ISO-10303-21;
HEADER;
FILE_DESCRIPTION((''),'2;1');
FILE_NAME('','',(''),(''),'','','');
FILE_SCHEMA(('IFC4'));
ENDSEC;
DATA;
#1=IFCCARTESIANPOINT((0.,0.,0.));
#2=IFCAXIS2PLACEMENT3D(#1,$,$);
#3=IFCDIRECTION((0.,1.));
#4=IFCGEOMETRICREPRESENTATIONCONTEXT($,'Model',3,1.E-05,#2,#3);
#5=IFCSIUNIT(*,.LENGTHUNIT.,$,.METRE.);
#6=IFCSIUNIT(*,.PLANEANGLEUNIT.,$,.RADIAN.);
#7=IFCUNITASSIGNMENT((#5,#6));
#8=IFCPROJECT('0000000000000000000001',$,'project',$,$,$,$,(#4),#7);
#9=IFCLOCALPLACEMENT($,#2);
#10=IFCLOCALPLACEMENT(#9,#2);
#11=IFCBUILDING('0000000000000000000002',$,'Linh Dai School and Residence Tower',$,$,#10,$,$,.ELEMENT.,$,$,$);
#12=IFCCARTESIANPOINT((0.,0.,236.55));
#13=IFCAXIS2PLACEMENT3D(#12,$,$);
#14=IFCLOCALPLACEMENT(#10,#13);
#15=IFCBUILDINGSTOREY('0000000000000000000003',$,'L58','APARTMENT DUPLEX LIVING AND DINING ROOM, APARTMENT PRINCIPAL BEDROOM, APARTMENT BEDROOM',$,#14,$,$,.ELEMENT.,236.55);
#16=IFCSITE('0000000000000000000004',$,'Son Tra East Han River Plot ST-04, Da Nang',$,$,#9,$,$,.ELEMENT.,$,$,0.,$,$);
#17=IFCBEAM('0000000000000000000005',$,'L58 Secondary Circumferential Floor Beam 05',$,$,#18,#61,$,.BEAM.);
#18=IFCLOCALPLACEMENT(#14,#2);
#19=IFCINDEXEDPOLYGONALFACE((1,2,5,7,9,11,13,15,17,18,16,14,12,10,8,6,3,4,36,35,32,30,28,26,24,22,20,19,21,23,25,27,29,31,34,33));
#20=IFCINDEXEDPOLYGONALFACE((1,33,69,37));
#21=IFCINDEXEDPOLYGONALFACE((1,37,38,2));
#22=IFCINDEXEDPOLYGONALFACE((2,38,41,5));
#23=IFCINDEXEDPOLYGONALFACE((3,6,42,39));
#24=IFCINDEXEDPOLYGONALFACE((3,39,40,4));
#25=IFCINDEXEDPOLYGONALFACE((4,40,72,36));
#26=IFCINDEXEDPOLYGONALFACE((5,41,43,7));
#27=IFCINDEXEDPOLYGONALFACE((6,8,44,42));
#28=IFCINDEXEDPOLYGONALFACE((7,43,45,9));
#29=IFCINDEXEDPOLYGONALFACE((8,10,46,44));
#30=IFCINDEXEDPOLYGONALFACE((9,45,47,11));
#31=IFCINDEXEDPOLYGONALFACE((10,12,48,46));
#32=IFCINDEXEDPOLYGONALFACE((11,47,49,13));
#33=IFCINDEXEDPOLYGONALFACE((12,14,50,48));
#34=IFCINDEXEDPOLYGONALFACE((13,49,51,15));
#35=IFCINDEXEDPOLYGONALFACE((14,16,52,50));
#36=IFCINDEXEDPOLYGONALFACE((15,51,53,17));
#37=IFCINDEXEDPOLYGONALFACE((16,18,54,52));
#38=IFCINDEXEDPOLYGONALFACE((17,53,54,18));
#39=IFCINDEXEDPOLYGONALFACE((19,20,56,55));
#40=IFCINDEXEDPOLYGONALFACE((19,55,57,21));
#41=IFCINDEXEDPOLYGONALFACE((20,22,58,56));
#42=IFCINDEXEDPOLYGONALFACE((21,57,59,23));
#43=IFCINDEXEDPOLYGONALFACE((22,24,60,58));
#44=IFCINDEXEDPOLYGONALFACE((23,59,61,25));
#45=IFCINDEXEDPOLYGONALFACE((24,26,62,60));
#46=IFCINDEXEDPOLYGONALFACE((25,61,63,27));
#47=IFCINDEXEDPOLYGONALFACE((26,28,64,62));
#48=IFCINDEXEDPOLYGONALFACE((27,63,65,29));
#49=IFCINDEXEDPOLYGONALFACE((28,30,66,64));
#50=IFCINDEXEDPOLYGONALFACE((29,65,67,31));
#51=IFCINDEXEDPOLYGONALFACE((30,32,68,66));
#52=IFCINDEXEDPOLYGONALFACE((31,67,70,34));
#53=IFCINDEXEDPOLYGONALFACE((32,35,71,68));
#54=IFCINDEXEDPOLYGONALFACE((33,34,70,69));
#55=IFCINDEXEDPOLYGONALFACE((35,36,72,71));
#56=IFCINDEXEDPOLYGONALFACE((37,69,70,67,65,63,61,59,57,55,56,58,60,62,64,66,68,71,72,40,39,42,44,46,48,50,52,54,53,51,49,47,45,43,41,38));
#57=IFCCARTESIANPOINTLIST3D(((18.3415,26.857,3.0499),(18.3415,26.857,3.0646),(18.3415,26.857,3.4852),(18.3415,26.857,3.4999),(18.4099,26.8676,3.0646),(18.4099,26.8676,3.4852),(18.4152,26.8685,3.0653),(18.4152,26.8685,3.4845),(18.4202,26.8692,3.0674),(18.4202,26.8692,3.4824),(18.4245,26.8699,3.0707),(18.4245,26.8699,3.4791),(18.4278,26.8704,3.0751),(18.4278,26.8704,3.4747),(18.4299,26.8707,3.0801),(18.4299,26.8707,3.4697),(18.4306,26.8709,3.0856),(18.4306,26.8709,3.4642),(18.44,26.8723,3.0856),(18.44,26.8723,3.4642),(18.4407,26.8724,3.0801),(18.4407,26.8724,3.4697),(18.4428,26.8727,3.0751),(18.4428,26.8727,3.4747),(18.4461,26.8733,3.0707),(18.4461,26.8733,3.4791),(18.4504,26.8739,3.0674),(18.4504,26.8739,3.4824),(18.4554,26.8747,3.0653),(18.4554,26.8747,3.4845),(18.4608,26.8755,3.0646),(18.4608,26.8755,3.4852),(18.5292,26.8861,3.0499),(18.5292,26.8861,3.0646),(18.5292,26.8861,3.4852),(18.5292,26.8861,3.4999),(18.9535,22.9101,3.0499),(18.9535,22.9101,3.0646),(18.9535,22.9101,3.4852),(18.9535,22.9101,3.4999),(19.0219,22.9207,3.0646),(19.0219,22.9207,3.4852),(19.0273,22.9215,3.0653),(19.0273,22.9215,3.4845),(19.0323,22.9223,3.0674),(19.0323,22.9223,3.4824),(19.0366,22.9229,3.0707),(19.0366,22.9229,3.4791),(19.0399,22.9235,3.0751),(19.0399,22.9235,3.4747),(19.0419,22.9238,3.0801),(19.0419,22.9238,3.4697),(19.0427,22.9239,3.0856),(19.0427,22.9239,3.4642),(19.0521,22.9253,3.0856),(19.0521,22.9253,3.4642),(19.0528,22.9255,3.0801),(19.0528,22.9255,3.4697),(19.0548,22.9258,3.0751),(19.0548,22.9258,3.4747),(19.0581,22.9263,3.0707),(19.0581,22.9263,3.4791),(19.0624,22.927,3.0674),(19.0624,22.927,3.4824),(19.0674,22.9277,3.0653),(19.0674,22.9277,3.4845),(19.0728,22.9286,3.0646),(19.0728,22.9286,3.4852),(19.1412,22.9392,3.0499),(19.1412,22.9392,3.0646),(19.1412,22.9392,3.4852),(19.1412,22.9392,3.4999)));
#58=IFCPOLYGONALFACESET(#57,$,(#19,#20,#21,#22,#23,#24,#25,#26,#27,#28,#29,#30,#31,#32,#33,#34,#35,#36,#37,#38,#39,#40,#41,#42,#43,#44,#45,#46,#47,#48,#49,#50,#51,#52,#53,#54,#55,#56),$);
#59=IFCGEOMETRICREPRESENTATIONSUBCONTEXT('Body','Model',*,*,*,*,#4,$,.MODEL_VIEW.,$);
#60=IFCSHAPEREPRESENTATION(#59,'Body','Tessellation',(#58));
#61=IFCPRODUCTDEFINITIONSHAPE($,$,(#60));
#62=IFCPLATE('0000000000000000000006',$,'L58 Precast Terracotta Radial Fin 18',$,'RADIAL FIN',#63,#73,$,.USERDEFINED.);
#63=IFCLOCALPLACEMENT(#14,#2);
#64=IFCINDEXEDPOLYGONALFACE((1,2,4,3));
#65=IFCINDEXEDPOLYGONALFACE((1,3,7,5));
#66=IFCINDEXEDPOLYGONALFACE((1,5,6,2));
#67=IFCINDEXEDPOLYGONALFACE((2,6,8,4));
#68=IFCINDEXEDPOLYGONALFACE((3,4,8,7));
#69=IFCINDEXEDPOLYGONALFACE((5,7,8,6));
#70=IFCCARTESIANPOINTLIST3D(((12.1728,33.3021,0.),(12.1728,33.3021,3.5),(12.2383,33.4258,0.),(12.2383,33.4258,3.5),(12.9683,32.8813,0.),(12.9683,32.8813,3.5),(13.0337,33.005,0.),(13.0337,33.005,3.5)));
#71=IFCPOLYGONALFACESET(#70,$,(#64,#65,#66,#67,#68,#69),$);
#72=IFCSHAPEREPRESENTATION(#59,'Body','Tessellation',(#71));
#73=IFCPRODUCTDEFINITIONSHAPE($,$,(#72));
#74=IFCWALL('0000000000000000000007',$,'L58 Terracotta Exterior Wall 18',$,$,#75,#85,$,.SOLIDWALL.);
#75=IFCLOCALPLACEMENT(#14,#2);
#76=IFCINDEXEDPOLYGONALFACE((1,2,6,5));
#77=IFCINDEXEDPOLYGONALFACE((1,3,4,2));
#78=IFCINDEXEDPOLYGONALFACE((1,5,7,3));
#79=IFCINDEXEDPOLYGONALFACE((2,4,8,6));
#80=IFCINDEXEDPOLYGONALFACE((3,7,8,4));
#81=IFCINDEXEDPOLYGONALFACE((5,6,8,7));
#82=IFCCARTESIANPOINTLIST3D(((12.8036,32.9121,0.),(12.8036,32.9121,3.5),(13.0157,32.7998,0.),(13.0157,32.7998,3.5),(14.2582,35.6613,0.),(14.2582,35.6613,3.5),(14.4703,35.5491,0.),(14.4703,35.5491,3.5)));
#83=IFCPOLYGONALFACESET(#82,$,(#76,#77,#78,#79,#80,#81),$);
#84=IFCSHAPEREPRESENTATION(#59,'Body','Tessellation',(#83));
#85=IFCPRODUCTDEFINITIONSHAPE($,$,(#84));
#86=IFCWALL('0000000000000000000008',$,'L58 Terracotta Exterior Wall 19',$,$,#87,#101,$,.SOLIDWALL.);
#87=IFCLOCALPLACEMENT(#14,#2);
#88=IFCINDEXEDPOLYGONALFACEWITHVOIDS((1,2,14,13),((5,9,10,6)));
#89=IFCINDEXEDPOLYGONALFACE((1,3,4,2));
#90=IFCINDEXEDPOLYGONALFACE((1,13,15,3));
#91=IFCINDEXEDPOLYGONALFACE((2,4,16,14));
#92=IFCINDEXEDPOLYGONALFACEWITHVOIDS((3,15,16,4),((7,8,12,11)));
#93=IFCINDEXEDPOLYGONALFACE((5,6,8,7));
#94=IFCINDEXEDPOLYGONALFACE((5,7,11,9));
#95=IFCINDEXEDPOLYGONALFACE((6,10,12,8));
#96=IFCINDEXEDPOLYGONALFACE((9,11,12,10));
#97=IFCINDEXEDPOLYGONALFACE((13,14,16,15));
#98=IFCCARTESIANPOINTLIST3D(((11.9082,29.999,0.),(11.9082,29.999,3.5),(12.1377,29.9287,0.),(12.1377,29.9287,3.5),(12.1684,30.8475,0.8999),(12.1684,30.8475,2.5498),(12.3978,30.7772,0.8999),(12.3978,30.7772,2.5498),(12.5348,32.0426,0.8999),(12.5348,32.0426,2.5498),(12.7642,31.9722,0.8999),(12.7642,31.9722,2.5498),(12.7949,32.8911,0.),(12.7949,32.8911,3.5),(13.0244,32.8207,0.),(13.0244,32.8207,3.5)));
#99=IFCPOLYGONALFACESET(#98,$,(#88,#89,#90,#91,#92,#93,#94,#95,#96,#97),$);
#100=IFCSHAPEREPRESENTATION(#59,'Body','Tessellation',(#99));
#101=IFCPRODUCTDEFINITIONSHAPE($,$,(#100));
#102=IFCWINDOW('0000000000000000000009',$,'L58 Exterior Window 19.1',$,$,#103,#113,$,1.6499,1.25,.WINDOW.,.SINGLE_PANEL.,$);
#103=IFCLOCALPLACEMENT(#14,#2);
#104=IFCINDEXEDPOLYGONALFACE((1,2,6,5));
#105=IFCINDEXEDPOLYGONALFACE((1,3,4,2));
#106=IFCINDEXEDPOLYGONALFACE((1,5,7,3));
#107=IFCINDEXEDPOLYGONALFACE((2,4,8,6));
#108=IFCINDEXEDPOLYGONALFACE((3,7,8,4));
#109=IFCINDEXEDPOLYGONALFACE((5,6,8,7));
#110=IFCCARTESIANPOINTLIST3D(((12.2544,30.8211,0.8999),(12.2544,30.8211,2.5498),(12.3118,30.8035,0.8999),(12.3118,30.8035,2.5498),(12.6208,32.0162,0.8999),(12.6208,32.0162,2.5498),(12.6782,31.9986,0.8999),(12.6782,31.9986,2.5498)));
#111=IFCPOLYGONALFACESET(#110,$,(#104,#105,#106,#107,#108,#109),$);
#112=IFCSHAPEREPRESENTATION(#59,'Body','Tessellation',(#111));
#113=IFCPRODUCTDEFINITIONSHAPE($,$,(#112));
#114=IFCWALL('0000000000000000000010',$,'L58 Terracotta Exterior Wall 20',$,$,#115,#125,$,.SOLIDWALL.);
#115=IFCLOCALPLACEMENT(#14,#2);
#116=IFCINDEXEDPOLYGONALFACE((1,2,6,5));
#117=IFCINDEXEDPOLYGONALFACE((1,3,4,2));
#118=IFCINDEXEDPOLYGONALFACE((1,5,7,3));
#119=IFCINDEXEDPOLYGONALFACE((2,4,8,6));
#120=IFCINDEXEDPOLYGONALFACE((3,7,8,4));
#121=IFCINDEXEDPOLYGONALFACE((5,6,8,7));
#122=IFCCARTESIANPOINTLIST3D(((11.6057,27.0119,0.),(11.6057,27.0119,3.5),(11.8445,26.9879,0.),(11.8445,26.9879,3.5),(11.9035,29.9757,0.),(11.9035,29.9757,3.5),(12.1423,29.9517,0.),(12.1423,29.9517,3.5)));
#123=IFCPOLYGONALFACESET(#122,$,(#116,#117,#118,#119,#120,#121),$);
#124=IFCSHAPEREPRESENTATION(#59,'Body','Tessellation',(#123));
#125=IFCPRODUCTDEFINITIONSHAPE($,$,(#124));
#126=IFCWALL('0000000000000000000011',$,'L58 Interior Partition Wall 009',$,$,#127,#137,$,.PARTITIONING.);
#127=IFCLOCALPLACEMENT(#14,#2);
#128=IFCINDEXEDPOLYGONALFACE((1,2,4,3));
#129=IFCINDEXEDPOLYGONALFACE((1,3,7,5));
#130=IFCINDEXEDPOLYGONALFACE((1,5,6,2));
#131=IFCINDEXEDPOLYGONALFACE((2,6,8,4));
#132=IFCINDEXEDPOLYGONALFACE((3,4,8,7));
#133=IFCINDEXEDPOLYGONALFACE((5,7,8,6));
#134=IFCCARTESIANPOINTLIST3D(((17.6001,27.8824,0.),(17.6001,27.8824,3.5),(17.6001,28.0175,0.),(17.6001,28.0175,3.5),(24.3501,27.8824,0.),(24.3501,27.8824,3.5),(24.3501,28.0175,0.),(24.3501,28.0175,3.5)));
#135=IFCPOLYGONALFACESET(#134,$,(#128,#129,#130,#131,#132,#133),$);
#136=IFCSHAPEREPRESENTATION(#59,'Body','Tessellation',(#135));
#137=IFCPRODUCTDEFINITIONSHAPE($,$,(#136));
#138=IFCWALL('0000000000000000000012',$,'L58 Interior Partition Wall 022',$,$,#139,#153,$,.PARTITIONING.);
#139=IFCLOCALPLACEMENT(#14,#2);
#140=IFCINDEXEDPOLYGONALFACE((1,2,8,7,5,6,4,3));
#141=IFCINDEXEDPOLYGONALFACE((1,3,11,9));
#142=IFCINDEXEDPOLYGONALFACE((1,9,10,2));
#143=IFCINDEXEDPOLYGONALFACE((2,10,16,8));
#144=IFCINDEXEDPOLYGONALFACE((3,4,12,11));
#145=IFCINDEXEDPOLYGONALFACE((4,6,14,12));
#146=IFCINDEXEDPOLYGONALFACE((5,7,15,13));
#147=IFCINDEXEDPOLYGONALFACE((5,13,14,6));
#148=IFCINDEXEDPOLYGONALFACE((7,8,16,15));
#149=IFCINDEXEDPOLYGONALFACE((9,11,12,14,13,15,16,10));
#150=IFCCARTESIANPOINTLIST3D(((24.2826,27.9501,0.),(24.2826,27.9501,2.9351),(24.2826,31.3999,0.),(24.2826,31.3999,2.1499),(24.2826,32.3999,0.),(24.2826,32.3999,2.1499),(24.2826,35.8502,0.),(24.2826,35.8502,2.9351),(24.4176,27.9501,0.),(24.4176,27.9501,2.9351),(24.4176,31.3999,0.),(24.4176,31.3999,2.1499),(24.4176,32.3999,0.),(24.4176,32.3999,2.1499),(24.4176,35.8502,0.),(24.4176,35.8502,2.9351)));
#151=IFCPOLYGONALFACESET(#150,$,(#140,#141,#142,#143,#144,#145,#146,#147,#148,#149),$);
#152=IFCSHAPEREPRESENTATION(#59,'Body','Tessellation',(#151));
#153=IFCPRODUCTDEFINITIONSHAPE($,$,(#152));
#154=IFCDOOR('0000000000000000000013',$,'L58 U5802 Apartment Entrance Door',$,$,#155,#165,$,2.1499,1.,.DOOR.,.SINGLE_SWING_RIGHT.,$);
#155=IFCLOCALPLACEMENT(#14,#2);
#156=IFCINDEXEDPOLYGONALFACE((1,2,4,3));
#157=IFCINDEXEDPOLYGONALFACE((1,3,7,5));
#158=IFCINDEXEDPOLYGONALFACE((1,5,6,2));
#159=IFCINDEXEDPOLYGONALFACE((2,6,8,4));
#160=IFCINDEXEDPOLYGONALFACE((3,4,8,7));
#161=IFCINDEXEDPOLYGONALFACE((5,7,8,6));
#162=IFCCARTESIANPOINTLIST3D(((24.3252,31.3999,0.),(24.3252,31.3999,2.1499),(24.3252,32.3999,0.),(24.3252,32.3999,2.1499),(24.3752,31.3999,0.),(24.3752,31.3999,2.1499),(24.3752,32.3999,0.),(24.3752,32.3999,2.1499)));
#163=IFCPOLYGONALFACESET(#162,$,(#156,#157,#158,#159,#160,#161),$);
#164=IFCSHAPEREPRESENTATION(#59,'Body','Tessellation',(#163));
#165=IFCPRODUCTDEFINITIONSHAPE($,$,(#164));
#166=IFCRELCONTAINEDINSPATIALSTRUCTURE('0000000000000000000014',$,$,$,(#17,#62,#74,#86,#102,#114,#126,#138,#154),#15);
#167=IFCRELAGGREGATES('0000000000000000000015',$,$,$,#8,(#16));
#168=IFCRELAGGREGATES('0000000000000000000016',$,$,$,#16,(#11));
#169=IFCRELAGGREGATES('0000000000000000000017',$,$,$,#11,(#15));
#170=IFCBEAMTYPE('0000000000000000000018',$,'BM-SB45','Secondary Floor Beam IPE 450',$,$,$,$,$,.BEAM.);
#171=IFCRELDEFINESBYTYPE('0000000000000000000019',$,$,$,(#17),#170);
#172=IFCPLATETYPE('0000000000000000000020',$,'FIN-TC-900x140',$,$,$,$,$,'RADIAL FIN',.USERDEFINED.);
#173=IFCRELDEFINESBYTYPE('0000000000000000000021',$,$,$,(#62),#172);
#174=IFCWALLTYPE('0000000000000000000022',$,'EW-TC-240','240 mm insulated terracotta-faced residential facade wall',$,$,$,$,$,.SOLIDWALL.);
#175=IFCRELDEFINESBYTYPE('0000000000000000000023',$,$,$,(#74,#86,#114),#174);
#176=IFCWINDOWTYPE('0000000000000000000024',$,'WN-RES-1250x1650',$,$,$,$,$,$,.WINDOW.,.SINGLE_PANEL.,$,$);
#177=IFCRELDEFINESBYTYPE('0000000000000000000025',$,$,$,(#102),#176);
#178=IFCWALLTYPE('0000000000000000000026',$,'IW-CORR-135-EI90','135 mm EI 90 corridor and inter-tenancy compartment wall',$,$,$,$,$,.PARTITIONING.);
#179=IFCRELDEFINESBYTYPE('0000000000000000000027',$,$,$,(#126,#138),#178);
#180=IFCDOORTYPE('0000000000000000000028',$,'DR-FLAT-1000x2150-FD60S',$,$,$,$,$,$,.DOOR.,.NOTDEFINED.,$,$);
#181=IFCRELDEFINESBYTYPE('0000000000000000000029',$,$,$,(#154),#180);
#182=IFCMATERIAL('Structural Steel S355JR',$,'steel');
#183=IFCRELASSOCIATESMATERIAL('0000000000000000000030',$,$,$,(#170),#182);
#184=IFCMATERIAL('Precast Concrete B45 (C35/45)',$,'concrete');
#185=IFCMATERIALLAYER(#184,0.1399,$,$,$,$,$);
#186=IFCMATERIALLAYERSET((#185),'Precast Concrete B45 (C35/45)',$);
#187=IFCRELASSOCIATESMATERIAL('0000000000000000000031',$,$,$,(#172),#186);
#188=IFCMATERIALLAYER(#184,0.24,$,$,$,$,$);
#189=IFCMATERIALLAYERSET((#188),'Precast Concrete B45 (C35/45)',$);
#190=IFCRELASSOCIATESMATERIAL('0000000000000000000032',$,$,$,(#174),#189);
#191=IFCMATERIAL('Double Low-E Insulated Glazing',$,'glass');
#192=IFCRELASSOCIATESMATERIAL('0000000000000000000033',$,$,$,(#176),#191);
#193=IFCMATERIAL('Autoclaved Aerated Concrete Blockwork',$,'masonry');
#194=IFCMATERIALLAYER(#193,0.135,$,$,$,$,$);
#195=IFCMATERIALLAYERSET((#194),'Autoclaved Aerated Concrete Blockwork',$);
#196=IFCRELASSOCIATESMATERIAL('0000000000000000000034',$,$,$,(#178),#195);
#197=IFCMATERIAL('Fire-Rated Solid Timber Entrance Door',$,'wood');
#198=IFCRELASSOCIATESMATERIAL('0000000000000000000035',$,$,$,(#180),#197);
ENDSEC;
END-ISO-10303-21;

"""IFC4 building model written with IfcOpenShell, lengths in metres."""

from ifc_helpers import new_model, si_unit, direction, frame, frame_2d, origin, origin_2d, place, context, subcontext, project, spatial, rectangle, i_section, extrude, source, transform, mapped, material, layer, layer_set, material_profile, profile_set, type_object, element, fill, save


model = new_model("IFC4")

# Units and contexts
model_context = context("Model", 3, precision=1e-05, world=origin(), true_north=direction((0.0, 1.0)))
body_context = subcontext(model_context, "Body", "Model", "MODEL_VIEW")
ifc_project = project(units=[si_unit("LENGTHUNIT", "METRE"), si_unit("PLANEANGLEUNIT", "RADIAN")], contexts=[model_context])

# Site, building, storey
site_placement = place(None, origin())
site = spatial("IfcSite", under=ifc_project, at=site_placement, Name="Son Tra East Han River Plot ST-04, Da Nang", CompositionType="ELEMENT", RefElevation=0.0)
building_placement = place(site_placement, origin())
building = spatial("IfcBuilding", under=site, at=building_placement, Name="Linh Dai School and Residence Tower", CompositionType="ELEMENT")
storey_placement = place(building_placement, frame((0.0, 0.0, 236.55)))
storey = spatial("IfcBuildingStorey", under=building, at=storey_placement, Name="L58", Description="APARTMENT DUPLEX LIVING AND DINING ROOM, APARTMENT PRINCIPAL BEDROOM, APARTMENT BEDROOM", CompositionType="ELEMENT", Elevation=236.55)

# Shared definitions
ifc_material_1 = material(Name="Structural Steel S355JR", Category="steel")

# Beam
ifc_material_profile_1 = material_profile(ifc_material_1, i_section(OverallWidth=0.1899, OverallDepth=0.45, WebThickness=0.0095, FlangeThickness=0.0146, FilletRadius=0.021, at=origin_2d()), Name="IPE 450")
ifc_profile_set_1 = profile_set([ifc_material_profile_1], Name="Structural Steel S355JR")
beam_type_1 = type_object("IfcBeamType", Name="BM-SB45", Description="Secondary Floor Beam IPE 450", PredefinedType="BEAM", material=ifc_profile_set_1)
beam_1_placement = place(storey_placement, frame((18.4353, 26.8716, 3.2749), z_axis=(0.153238, -0.988189, 0.0), x_axis=(0.988189, 0.153238, 0.0)))
element("IfcBeam", 1, at=beam_1_placement, inside=storey, type_object=beam_type_1, Name="L58 Secondary Circumferential Floor Beam 05", PredefinedType="BEAM", context=body_context, shape_type="SweptSolid", body=[
    extrude(i_section(OverallWidth=0.1899, OverallDepth=0.45, WebThickness=0.0095, FlangeThickness=0.0146, FilletRadius=0.021, at=origin_2d()), origin(), (0.0, 0.0, 1.0), 3.9941),
])

# Plate
ifc_material_2 = material(Name="Precast Concrete B45 (C35/45)", Category="concrete")
ifc_layer_1 = layer(ifc_material_2, 0.1399)
ifc_layer_set_1 = layer_set([ifc_layer_1], Name="Precast Concrete B45 (C35/45)")
plate_type = type_object("IfcPlateType", Name="FIN-TC-900x140", ElementType="RADIAL FIN", PredefinedType="USERDEFINED", material=ifc_layer_set_1)
shared_shape_1 = source(origin(), body_context, "Body", "SweptSolid", [
    extrude(rectangle(XDim=0.8999, YDim=0.1399, at=origin_2d()), origin(), (0.0, 0.0, 1.0), 3.5),
])
plate_placement = place(storey_placement, frame((12.6033, 33.1536, 0.0), z_axis=(0.0, 0.0, 1.0), x_axis=(-0.883929, 0.467621, 0.0)))
element("IfcPlate", 2, at=plate_placement, inside=storey, type_object=plate_type, Name="L58 Precast Terracotta Radial Fin 18", ObjectType="RADIAL FIN", PredefinedType="USERDEFINED", context=body_context, shape_type="MappedRepresentation", body=[
    mapped(shared_shape_1, transform((0.0, 0.0, 0.0), x_axis=(1.0, 0.0, 0.0), y_axis=(0.0, 1.0, 0.0), z_axis=(0.0, 0.0, 1.0), scale=1.0)),
])

# Wall
ifc_layer_2 = layer(ifc_material_2, 0.24)
ifc_layer_set_2 = layer_set([ifc_layer_2], Name="Precast Concrete B45 (C35/45)")
wall_type_1 = type_object("IfcWallType", Name="EW-TC-240", Description="240 mm insulated terracotta-faced residential facade wall", PredefinedType="SOLIDWALL", material=ifc_layer_set_2)
wall_1_placement = place(storey_placement, frame((12.9097, 32.856, 0.0), z_axis=(0.0, 0.0, 1.0), x_axis=(0.46766, 0.883908, 0.0)))
element("IfcWall", 3, at=wall_1_placement, inside=storey, type_object=wall_type_1, Name="L58 Terracotta Exterior Wall 18", PredefinedType="SOLIDWALL", context=body_context, shape_type="SweptSolid", body=[
    extrude(rectangle(XDim=3.1104, YDim=0.24, at=frame_2d((1.5552, 0.0))), origin(), (0.0, 0.0, 1.0), 3.5),
])

# Wall, opening, window
wall_2_placement = place(storey_placement, frame((12.0229, 29.9639, 0.0), z_axis=(0.0, 0.0, 1.0), x_axis=(0.293133, 0.956072, 0.0)))
wall_2 = element("IfcWall", 4, at=wall_2_placement, inside=storey, type_object=wall_type_1, Name="L58 Terracotta Exterior Wall 19", PredefinedType="SOLIDWALL", context=body_context, shape_type="SweptSolid", body=[
    extrude(rectangle(XDim=3.0249, YDim=0.24, at=frame_2d((1.5125, 0.0))), origin(), (0.0, 0.0, 1.0), 3.5),
])
opening_1_placement = place(wall_2_placement, frame((0.8875, 0.0, 0.8999)))
opening_1 = element("IfcOpeningElement", 5, at=opening_1_placement, cuts=wall_2, PredefinedType="OPENING", context=body_context, shape_type="SweptSolid", body=[
    extrude(rectangle(XDim=1.25, YDim=1.6499, at=origin_2d()), frame((0.625, 0.1299, 0.825), z_axis=(0.0, -1.0, 0.0), x_axis=(1.0, 0.0, 0.0)), (0.0, 0.0, 1.0), 0.26),
])
ifc_material_3 = material(Name="Double Low-E Insulated Glazing", Category="glass")
window_type = type_object("IfcWindowType", Name="WN-RES-1250x1650", PartitioningType="SINGLE_PANEL", PredefinedType="WINDOW", material=ifc_material_3)
shared_shape_2 = source(origin(), body_context, "Body", "SweptSolid", [
    extrude(rectangle(XDim=1.25, YDim=1.6499, at=origin_2d()), frame((0.625, 0.03, 0.825), z_axis=(0.0, -1.0, 0.0), x_axis=(1.0, 0.0, 0.0)), (0.0, 0.0, 1.0), 0.0601),
])
window_placement = place(opening_1_placement, origin())
window = element("IfcWindow", 6, at=window_placement, inside=storey, type_object=window_type, Name="L58 Exterior Window 19.1", OverallHeight=1.6499, OverallWidth=1.25, PartitioningType="SINGLE_PANEL", PredefinedType="WINDOW", context=body_context, shape_type="MappedRepresentation", body=[
    mapped(shared_shape_2, transform((0.0, 0.0, 0.0), x_axis=(1.0, 0.0, 0.0), y_axis=(0.0, 1.0, 0.0), z_axis=(0.0, 0.0, 1.0), scale=1.0)),
])
fill(opening_1, window)

# Walls
wall_3_placement = place(storey_placement, frame((11.7251, 27.0, 0.0), z_axis=(0.0, 0.0, 1.0), x_axis=(0.099991, 0.994988, 0.0)))
element("IfcWall", 7, at=wall_3_placement, inside=storey, type_object=wall_type_1, Name="L58 Terracotta Exterior Wall 20", PredefinedType="SOLIDWALL", context=body_context, shape_type="SweptSolid", body=[
    extrude(rectangle(XDim=2.9788, YDim=0.24, at=frame_2d((1.4893, 0.0))), origin(), (0.0, 0.0, 1.0), 3.5),
])
ifc_material_4 = material(Name="Autoclaved Aerated Concrete Blockwork", Category="masonry")
ifc_layer_3 = layer(ifc_material_4, 0.135)
ifc_layer_set_3 = layer_set([ifc_layer_3], Name="Autoclaved Aerated Concrete Blockwork")
wall_type_2 = type_object("IfcWallType", Name="IW-CORR-135-EI90", Description="135 mm EI 90 corridor and inter-tenancy compartment wall", PredefinedType="PARTITIONING", material=ifc_layer_set_3)
wall_4_placement = place(storey_placement, frame((17.6001, 27.95, 0.0), z_axis=(0.0, 0.0, 1.0), x_axis=(1.0, 0.0, 0.0)))
element("IfcWall", 8, at=wall_4_placement, inside=storey, type_object=wall_type_2, Name="L58 Interior Partition Wall 009", PredefinedType="PARTITIONING", context=body_context, shape_type="SweptSolid", body=[
    extrude(rectangle(XDim=6.75, YDim=0.135, at=frame_2d((3.375, 0.0))), origin(), (0.0, 0.0, 1.0), 3.5),
])

# Wall, opening, door
wall_5_placement = place(storey_placement, frame((24.3501, 27.95, 0.0), z_axis=(0.0, 0.0, 1.0), x_axis=(0.0, 1.0, 0.0)))
wall_5 = element("IfcWall", 9, at=wall_5_placement, inside=storey, type_object=wall_type_2, Name="L58 Interior Partition Wall 022", PredefinedType="PARTITIONING", context=body_context, shape_type="SweptSolid", body=[
    extrude(rectangle(XDim=7.9001, YDim=0.135, at=frame_2d((3.9502, 0.0))), origin(), (0.0, 0.0, 1.0), 2.9351),
])
opening_2_placement = place(wall_5_placement, frame((3.45, 0.0, 0.0)))
opening_2 = element("IfcOpeningElement", 10, at=opening_2_placement, cuts=wall_5, PredefinedType="OPENING", context=body_context, shape_type="SweptSolid", body=[
    extrude(rectangle(XDim=1.0, YDim=2.1499, at=origin_2d()), frame((0.5, 0.0776, 1.075), z_axis=(0.0, -1.0, 0.0), x_axis=(1.0, 0.0, 0.0)), (0.0, 0.0, 1.0), 0.155),
])
ifc_material_5 = material(Name="Fire-Rated Solid Timber Entrance Door", Category="wood")
door_type_1 = type_object("IfcDoorType", Name="DR-FLAT-1000x2150-FD60S", OperationType="NOTDEFINED", PredefinedType="DOOR", material=ifc_material_5)
shared_shape_3 = source(origin(), body_context, "Body", "SweptSolid", [
    extrude(rectangle(XDim=1.0, YDim=2.1499, at=origin_2d()), frame((0.5, 0.0249, 1.075), z_axis=(0.0, -1.0, 0.0), x_axis=(1.0, 0.0, 0.0)), (0.0, 0.0, 1.0), 0.05),
])
door_1_placement = place(opening_2_placement, origin())
door_1 = element("IfcDoor", 11, at=door_1_placement, inside=storey, type_object=door_type_1, Name="L58 U5802 Apartment Entrance Door", OperationType="SINGLE_SWING_RIGHT", OverallHeight=2.1499, OverallWidth=1.0, PredefinedType="DOOR", context=body_context, shape_type="MappedRepresentation", body=[
    mapped(shared_shape_3, transform((0.0, 0.0, 0.0), x_axis=(1.0, 0.0, 0.0), y_axis=(0.0, 1.0, 0.0), z_axis=(0.0, 0.0, 1.0), scale=1.0)),
])
fill(opening_2, door_1)

save(model, "model.ifc")
